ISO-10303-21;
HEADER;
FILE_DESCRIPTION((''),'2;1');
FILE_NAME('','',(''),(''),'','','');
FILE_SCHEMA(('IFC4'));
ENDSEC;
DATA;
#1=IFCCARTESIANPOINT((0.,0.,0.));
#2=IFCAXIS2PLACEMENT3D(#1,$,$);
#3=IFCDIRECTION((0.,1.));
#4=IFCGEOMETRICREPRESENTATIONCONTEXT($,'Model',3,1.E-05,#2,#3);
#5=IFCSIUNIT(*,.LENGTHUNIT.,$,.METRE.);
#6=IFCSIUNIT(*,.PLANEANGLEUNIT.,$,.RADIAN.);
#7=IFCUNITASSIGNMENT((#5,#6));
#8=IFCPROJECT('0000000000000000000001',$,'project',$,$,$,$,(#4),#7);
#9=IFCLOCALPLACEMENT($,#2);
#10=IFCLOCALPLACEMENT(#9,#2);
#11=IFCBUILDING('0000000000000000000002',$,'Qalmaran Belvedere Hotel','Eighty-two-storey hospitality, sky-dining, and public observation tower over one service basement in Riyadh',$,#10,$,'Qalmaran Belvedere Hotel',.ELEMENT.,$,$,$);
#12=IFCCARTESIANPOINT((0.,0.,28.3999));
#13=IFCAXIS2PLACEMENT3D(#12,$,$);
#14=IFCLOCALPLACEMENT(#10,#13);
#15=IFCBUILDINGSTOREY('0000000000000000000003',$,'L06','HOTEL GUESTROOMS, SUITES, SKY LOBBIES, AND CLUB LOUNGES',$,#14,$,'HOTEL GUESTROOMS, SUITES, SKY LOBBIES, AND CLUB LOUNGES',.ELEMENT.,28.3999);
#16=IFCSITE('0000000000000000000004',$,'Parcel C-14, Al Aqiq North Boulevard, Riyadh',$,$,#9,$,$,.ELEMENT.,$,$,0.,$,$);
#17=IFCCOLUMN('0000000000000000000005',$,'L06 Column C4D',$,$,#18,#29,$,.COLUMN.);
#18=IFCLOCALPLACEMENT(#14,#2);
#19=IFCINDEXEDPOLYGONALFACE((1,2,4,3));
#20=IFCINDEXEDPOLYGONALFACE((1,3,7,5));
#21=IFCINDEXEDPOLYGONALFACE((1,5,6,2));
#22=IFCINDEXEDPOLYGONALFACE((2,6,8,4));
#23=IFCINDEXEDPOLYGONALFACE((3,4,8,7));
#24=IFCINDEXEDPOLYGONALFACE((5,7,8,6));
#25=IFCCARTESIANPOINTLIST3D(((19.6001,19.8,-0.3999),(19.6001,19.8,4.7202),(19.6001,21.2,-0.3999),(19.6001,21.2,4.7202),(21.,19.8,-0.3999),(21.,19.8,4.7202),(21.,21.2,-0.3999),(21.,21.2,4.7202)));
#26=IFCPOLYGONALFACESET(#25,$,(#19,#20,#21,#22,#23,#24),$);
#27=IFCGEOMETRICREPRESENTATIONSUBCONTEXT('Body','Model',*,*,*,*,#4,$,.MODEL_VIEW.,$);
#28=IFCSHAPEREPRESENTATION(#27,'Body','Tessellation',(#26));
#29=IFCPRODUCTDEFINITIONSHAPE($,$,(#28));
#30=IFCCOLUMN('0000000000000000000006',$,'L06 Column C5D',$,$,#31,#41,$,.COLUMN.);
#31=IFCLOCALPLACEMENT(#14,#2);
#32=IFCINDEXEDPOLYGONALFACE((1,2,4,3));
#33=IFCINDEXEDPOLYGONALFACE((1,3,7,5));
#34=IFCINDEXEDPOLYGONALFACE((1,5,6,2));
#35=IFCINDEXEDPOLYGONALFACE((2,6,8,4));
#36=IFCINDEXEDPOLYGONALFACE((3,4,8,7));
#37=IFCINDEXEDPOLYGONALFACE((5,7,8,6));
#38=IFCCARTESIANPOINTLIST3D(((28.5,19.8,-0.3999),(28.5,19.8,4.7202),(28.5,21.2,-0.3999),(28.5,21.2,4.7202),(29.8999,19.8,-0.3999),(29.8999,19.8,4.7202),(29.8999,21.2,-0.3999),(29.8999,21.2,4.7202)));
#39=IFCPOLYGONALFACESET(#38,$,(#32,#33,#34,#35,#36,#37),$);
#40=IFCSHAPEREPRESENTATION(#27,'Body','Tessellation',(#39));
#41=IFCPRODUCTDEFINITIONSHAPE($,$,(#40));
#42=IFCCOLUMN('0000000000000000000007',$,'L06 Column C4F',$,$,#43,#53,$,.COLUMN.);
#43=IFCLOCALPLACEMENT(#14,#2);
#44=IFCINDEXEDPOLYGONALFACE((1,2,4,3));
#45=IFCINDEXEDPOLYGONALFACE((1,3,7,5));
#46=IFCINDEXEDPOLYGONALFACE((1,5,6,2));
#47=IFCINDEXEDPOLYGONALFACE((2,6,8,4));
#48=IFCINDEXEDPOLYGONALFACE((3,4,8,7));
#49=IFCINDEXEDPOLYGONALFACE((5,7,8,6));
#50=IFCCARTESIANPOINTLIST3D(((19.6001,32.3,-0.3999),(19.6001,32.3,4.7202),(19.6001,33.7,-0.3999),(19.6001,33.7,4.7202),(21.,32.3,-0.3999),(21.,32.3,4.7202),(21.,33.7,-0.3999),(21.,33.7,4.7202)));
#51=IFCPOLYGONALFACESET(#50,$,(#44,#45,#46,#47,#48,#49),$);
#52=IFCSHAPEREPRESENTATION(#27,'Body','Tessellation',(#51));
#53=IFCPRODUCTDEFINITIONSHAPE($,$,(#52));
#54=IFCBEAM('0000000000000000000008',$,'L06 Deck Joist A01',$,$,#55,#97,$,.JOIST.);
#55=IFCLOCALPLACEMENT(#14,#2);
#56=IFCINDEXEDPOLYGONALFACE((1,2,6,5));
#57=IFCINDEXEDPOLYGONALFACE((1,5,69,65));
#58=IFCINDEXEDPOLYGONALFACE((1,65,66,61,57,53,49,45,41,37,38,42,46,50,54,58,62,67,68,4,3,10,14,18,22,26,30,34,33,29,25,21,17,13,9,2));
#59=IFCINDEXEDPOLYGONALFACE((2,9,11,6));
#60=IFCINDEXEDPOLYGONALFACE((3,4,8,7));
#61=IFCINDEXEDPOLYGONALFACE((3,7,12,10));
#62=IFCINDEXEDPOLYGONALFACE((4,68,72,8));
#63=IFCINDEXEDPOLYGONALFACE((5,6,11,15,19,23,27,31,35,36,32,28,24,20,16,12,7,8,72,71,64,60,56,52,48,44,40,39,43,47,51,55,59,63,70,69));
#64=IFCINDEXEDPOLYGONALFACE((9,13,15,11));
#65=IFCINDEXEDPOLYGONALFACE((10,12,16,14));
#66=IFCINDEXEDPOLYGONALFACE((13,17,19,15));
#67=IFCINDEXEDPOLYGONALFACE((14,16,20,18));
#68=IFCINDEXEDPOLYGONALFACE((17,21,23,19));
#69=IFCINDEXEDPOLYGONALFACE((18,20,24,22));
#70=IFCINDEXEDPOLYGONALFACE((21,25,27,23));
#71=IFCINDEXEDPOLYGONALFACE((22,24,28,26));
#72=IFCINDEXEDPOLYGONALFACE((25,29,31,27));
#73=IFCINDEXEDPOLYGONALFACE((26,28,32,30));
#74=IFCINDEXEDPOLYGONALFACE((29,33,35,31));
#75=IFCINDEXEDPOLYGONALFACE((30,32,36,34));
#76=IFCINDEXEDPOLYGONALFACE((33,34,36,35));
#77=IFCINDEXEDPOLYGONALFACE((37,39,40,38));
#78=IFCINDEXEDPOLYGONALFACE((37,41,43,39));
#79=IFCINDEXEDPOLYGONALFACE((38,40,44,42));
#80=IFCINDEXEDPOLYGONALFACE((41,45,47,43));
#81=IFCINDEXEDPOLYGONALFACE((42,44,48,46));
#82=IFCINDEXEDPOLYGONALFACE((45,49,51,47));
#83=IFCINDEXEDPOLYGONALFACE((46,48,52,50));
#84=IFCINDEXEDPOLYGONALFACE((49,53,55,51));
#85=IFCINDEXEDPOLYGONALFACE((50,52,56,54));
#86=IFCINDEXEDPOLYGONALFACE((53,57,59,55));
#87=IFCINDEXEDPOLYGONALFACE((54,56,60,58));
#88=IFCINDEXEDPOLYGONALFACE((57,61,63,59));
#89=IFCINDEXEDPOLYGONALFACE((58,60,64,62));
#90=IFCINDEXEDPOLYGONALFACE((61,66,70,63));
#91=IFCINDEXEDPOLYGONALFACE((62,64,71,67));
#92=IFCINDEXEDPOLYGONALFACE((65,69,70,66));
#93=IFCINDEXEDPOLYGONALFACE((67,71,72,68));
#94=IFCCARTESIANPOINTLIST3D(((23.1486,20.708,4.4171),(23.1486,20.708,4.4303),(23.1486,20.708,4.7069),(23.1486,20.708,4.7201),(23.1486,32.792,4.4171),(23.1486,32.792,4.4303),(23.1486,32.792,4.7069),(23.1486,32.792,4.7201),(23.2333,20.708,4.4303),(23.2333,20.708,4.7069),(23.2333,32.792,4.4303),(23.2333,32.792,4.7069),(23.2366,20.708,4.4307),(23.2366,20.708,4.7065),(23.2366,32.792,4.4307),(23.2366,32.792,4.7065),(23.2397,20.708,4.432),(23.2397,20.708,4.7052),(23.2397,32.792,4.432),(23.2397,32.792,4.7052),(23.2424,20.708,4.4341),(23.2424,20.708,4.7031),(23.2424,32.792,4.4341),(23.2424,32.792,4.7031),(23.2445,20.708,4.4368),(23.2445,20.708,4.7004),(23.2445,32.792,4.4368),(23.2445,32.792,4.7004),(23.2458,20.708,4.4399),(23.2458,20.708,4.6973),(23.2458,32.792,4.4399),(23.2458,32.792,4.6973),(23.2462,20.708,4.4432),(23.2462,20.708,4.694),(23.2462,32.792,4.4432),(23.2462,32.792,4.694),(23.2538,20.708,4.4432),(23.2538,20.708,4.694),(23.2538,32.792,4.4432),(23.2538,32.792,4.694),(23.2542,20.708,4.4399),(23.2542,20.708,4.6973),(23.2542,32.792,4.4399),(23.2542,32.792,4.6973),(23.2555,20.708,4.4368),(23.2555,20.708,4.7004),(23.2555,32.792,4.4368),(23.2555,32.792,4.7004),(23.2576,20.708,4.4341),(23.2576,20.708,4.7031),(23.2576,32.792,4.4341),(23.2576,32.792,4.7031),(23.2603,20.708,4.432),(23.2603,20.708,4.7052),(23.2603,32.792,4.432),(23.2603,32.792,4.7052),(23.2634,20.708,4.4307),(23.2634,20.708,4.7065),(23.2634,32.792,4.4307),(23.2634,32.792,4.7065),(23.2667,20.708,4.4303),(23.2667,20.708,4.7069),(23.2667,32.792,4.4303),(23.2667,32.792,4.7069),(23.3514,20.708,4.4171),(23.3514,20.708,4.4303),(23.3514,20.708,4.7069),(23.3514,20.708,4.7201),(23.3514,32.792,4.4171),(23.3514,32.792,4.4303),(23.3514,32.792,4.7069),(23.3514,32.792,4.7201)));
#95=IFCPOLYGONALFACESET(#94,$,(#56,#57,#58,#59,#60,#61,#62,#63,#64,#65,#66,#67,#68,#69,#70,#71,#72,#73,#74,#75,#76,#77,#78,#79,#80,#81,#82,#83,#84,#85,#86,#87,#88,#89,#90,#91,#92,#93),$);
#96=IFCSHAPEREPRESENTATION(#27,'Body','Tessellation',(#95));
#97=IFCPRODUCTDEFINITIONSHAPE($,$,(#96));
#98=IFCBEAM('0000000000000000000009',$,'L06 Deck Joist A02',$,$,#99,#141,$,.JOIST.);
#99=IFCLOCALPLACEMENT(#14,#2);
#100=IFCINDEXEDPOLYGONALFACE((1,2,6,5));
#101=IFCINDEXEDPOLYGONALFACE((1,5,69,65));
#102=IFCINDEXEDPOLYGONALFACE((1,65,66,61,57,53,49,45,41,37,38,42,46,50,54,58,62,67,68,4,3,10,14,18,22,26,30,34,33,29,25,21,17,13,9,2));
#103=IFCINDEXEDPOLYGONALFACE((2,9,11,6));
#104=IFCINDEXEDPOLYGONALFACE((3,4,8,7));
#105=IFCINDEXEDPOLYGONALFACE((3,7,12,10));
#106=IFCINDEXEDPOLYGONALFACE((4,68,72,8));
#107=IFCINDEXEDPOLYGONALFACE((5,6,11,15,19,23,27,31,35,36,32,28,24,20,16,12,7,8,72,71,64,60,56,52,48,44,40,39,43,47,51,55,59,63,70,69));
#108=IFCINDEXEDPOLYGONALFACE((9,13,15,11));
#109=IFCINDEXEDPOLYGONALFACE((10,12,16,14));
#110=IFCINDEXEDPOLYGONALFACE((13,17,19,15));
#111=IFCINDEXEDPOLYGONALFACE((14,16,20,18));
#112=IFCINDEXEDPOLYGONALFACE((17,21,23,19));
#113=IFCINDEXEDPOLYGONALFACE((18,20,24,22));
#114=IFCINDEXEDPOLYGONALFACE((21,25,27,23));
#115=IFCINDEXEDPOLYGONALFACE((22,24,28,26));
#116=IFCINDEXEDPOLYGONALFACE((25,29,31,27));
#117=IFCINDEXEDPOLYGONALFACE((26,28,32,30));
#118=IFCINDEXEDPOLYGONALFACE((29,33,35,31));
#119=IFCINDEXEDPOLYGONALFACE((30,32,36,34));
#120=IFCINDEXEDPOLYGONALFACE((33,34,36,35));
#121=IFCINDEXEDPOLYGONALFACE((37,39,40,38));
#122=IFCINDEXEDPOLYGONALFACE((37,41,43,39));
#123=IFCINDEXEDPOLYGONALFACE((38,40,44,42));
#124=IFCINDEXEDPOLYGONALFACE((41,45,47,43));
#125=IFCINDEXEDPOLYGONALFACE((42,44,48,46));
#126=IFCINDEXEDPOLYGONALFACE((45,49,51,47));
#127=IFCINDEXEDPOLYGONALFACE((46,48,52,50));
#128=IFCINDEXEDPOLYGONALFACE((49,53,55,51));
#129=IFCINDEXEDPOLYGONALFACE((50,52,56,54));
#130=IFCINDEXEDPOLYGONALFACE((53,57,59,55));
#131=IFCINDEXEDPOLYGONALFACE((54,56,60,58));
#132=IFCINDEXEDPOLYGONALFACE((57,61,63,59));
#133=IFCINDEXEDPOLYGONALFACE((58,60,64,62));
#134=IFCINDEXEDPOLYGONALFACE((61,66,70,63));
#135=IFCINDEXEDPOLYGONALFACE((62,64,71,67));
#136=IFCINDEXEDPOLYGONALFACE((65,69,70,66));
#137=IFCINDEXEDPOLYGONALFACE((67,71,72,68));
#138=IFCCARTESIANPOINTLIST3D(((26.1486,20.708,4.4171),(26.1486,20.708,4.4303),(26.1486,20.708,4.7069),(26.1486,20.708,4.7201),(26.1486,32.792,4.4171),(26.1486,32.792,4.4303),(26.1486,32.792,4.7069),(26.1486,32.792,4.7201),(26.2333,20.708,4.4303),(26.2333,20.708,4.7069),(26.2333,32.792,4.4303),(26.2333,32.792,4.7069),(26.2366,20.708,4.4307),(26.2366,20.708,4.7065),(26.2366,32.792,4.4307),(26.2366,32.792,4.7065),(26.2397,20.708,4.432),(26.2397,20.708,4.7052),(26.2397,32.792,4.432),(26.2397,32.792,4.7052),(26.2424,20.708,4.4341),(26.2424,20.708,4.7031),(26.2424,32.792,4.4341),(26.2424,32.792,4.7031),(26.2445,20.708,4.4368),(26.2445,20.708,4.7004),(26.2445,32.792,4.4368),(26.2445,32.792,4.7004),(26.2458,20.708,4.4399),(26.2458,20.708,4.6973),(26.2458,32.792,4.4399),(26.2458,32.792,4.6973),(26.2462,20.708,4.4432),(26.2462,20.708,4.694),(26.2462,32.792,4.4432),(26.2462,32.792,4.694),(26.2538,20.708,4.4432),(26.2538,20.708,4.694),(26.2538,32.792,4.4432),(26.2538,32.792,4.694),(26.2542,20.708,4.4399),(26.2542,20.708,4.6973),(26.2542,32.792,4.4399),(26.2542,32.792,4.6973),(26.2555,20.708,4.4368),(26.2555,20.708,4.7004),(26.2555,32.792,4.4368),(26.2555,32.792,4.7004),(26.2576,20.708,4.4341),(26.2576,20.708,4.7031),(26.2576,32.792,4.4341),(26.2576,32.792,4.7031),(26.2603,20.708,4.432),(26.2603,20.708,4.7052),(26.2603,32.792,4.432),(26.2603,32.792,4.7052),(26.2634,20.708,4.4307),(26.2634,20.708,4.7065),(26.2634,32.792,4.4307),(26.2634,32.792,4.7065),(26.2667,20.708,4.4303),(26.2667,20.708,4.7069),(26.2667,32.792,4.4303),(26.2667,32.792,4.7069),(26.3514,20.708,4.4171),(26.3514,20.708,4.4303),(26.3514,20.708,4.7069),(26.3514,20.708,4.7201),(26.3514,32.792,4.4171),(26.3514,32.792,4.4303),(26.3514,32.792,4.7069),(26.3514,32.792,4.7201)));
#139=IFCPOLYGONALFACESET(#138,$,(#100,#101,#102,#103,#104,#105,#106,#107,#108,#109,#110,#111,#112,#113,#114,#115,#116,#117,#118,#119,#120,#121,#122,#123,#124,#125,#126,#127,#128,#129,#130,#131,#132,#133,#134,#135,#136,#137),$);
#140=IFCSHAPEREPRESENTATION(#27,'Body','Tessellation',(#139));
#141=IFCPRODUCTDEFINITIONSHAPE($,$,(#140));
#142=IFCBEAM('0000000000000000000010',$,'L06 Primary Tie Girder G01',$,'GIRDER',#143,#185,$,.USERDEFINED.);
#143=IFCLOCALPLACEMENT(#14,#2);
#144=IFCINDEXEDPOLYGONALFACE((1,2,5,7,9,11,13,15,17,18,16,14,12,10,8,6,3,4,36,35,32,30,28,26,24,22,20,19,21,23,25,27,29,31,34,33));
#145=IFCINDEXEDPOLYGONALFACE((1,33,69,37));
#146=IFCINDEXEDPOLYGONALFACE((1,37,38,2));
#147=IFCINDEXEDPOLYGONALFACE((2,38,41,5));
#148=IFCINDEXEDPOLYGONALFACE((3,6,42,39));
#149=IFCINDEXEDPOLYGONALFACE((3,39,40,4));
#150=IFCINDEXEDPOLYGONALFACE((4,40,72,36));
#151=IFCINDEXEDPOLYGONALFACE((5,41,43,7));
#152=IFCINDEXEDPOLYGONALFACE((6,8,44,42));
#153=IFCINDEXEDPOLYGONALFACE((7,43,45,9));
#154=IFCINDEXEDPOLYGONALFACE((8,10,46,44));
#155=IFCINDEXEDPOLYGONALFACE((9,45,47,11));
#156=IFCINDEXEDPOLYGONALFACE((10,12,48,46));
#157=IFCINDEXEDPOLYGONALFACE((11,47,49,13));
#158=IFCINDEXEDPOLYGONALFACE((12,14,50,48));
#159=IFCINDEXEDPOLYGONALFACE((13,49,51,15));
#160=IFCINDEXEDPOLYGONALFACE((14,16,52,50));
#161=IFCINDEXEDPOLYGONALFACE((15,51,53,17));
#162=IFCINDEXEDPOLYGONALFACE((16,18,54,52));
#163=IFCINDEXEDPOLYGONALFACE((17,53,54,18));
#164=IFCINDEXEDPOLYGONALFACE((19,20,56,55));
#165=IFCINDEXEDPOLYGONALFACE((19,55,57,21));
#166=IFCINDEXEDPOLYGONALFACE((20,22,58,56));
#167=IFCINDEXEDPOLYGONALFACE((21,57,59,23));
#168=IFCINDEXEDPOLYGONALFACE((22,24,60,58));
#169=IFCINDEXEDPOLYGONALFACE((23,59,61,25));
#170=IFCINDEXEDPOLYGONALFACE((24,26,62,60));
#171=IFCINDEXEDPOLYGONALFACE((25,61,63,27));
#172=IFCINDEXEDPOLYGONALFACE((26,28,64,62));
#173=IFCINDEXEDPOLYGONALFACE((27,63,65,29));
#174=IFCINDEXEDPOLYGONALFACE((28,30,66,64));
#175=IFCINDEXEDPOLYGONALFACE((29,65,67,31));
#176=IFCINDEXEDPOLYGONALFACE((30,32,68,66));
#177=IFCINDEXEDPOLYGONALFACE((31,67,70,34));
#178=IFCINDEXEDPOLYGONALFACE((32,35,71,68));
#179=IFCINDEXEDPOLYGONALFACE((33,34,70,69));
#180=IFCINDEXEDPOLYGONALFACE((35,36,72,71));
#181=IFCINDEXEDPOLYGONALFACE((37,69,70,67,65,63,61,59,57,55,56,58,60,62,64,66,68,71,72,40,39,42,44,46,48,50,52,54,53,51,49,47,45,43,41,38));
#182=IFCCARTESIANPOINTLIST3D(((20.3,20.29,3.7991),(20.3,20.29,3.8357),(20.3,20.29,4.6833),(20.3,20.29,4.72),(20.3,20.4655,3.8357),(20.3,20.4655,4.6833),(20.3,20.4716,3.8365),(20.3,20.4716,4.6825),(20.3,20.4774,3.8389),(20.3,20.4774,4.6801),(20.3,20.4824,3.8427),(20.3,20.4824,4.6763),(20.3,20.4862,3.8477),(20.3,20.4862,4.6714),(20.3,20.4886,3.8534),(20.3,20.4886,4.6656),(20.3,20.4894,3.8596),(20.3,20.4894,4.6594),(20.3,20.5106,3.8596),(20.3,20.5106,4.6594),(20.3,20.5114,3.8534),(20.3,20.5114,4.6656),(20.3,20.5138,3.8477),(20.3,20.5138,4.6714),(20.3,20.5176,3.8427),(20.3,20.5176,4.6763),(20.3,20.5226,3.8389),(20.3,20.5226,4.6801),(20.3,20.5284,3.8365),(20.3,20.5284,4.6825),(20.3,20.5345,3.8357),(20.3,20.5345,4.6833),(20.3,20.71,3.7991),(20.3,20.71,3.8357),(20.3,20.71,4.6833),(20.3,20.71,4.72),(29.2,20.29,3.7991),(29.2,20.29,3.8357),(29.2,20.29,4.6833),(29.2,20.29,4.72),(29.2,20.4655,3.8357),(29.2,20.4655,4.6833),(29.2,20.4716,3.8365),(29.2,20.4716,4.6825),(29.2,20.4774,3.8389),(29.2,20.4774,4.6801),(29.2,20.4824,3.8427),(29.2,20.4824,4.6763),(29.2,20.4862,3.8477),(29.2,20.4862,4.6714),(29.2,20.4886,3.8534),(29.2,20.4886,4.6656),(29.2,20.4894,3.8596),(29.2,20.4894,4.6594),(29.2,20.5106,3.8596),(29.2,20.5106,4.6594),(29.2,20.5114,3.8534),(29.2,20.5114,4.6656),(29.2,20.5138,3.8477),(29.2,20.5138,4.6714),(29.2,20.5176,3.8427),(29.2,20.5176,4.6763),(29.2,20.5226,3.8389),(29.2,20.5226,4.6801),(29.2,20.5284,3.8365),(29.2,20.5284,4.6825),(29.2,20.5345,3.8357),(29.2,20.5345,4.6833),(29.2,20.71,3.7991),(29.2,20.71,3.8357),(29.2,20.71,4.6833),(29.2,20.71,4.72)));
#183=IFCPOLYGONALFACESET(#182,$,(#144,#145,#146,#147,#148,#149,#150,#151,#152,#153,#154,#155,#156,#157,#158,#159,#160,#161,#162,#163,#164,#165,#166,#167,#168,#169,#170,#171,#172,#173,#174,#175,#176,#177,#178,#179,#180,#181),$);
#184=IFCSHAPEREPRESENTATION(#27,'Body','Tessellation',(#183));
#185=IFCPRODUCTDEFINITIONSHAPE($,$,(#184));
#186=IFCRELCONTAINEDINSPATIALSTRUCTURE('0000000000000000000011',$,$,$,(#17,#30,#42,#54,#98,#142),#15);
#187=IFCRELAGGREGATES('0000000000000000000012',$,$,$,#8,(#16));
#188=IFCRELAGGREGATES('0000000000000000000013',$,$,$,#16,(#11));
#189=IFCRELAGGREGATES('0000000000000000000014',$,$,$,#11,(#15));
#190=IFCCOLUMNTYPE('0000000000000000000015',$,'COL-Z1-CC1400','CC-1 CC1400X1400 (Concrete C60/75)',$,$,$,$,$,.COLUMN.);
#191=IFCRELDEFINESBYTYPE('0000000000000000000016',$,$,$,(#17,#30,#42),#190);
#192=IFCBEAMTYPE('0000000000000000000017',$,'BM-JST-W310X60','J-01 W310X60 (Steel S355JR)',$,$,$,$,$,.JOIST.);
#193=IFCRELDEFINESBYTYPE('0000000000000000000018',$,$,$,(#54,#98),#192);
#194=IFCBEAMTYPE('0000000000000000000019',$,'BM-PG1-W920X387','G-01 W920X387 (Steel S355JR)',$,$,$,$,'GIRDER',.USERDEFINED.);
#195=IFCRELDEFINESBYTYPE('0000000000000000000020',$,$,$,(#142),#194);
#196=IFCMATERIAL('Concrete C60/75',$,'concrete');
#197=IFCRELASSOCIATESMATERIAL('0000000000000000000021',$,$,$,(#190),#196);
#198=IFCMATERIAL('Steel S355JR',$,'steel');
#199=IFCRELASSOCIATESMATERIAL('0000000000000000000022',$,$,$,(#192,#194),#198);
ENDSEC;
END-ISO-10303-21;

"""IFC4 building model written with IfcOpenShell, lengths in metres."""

from ifc_helpers import new_model, si_unit, direction, frame, origin, origin_2d, place, context, subcontext, project, spatial, rectangle, i_section, extrude, material, material_profile, profile_set, type_object, element, save


model = new_model("IFC4")

# Units and contexts
model_context = context("Model", 3, precision=1e-05, world=origin(), true_north=direction((0.0, 1.0)))
body_context = subcontext(model_context, "Body", "Model", "MODEL_VIEW")
ifc_project = project(units=[si_unit("LENGTHUNIT", "METRE"), si_unit("PLANEANGLEUNIT", "RADIAN")], contexts=[model_context])

# Site, building, storey
site_placement = place(None, origin())
site = spatial("IfcSite", under=ifc_project, at=site_placement, Name="Parcel C-14, Al Aqiq North Boulevard, Riyadh", CompositionType="ELEMENT", RefElevation=0.0)
building_placement = place(site_placement, origin())
building = spatial("IfcBuilding", under=site, at=building_placement, Name="Qalmaran Belvedere Hotel", Description="Eighty-two-storey hospitality, sky-dining, and public observation tower over one service basement in Riyadh", LongName="Qalmaran Belvedere Hotel", CompositionType="ELEMENT")
storey_placement = place(building_placement, frame((0.0, 0.0, 28.3999)))
storey = spatial("IfcBuildingStorey", under=building, at=storey_placement, Name="L06", Description="HOTEL GUESTROOMS, SUITES, SKY LOBBIES, AND CLUB LOUNGES", LongName="HOTEL GUESTROOMS, SUITES, SKY LOBBIES, AND CLUB LOUNGES", CompositionType="ELEMENT", Elevation=28.3999)

# Columns
ifc_material_1 = material(Name="Concrete C60/75", Category="concrete")
ifc_material_profile_1 = material_profile(ifc_material_1, rectangle(XDim=1.3999, YDim=1.3999, at=origin_2d()), Name="CC1400X1400")
ifc_profile_set_1 = profile_set([ifc_material_profile_1], Name="Concrete C60/75")
column_type = type_object("IfcColumnType", Name="COL-Z1-CC1400", Description="CC-1 CC1400X1400 (Concrete C60/75)", PredefinedType="COLUMN", material=ifc_profile_set_1)
for number, where, z_axis, x_axis, name in (
    (1, (20.3, 20.5, -0.3999), (0.0, 0.0, 1.0), (1.0, 0.0, 0.0), "L06 Column C4D"),
    (2, (29.2, 20.5, -0.3999), (0.0, 0.0, 1.0), (1.0, 0.0, 0.0), "L06 Column C5D"),
    (3, (20.3, 33.0, -0.3999), (0.0, 0.0, 1.0), (1.0, 0.0, 0.0), "L06 Column C4F"),
):
    element("IfcColumn", number, at=place(storey_placement, frame(where, z_axis=z_axis, x_axis=x_axis)), inside=storey, type_object=column_type, Name=name, PredefinedType="COLUMN", context=body_context, shape_type="SweptSolid", body=[
        extrude(rectangle(XDim=1.3999, YDim=1.3999, at=origin_2d()), origin(), (0.0, 0.0, 1.0), 5.1201),
    ])

# Beams
ifc_material_2 = material(Name="Steel S355JR", Category="steel")
ifc_material_profile_2 = material_profile(ifc_material_2, i_section(OverallWidth=0.2029, OverallDepth=0.303, WebThickness=0.0076, FlangeThickness=0.0132, FilletRadius=0.0129, at=origin_2d()), Name="W310X60")
ifc_profile_set_2 = profile_set([ifc_material_profile_2], Name="Steel S355JR")
beam_type_1 = type_object("IfcBeamType", Name="BM-JST-W310X60", Description="J-01 W310X60 (Steel S355JR)", PredefinedType="JOIST", material=ifc_profile_set_2)
for number, where, z_axis, x_axis, name in (
    (4, (23.25, 20.708, 4.5686), (0.0, 1.0, 0.0), (-1.0, 0.0, 0.0), "L06 Deck Joist A01"),
    (5, (26.25, 20.708, 4.5686), (0.0, 1.0, 0.0), (-1.0, 0.0, 0.0), "L06 Deck Joist A02"),
):
    element("IfcBeam", number, at=place(storey_placement, frame(where, z_axis=z_axis, x_axis=x_axis)), inside=storey, type_object=beam_type_1, Name=name, PredefinedType="JOIST", context=body_context, shape_type="SweptSolid", body=[
        extrude(i_section(OverallWidth=0.2029, OverallDepth=0.303, WebThickness=0.0076, FlangeThickness=0.0132, FilletRadius=0.0129, at=origin_2d()), origin(), (0.0, 0.0, 1.0), 12.084),
    ])
ifc_material_profile_3 = material_profile(ifc_material_2, i_section(OverallWidth=0.4199, OverallDepth=0.9209, WebThickness=0.0212, FlangeThickness=0.0366, FilletRadius=0.0239, at=origin_2d()), Name="W920X387")
ifc_profile_set_3 = profile_set([ifc_material_profile_3], Name="Steel S355JR")
beam_type_2 = type_object("IfcBeamType", Name="BM-PG1-W920X387", Description="G-01 W920X387 (Steel S355JR)", ElementType="GIRDER", PredefinedType="USERDEFINED", material=ifc_profile_set_3)
beam_1_placement = place(storey_placement, frame((20.3, 20.5, 4.2595), z_axis=(1.0, 0.0, 0.0), x_axis=(0.0, 1.0, 0.0)))
element("IfcBeam", 6, at=beam_1_placement, inside=storey, type_object=beam_type_2, Name="L06 Primary Tie Girder G01", ObjectType="GIRDER", PredefinedType="USERDEFINED", context=body_context, shape_type="SweptSolid", body=[
    extrude(i_section(OverallWidth=0.4199, OverallDepth=0.9209, WebThickness=0.0212, FlangeThickness=0.0366, FilletRadius=0.0239, at=origin_2d()), origin(), (0.0, 0.0, 1.0), 8.8999),
])

save(model, "model.ifc")
